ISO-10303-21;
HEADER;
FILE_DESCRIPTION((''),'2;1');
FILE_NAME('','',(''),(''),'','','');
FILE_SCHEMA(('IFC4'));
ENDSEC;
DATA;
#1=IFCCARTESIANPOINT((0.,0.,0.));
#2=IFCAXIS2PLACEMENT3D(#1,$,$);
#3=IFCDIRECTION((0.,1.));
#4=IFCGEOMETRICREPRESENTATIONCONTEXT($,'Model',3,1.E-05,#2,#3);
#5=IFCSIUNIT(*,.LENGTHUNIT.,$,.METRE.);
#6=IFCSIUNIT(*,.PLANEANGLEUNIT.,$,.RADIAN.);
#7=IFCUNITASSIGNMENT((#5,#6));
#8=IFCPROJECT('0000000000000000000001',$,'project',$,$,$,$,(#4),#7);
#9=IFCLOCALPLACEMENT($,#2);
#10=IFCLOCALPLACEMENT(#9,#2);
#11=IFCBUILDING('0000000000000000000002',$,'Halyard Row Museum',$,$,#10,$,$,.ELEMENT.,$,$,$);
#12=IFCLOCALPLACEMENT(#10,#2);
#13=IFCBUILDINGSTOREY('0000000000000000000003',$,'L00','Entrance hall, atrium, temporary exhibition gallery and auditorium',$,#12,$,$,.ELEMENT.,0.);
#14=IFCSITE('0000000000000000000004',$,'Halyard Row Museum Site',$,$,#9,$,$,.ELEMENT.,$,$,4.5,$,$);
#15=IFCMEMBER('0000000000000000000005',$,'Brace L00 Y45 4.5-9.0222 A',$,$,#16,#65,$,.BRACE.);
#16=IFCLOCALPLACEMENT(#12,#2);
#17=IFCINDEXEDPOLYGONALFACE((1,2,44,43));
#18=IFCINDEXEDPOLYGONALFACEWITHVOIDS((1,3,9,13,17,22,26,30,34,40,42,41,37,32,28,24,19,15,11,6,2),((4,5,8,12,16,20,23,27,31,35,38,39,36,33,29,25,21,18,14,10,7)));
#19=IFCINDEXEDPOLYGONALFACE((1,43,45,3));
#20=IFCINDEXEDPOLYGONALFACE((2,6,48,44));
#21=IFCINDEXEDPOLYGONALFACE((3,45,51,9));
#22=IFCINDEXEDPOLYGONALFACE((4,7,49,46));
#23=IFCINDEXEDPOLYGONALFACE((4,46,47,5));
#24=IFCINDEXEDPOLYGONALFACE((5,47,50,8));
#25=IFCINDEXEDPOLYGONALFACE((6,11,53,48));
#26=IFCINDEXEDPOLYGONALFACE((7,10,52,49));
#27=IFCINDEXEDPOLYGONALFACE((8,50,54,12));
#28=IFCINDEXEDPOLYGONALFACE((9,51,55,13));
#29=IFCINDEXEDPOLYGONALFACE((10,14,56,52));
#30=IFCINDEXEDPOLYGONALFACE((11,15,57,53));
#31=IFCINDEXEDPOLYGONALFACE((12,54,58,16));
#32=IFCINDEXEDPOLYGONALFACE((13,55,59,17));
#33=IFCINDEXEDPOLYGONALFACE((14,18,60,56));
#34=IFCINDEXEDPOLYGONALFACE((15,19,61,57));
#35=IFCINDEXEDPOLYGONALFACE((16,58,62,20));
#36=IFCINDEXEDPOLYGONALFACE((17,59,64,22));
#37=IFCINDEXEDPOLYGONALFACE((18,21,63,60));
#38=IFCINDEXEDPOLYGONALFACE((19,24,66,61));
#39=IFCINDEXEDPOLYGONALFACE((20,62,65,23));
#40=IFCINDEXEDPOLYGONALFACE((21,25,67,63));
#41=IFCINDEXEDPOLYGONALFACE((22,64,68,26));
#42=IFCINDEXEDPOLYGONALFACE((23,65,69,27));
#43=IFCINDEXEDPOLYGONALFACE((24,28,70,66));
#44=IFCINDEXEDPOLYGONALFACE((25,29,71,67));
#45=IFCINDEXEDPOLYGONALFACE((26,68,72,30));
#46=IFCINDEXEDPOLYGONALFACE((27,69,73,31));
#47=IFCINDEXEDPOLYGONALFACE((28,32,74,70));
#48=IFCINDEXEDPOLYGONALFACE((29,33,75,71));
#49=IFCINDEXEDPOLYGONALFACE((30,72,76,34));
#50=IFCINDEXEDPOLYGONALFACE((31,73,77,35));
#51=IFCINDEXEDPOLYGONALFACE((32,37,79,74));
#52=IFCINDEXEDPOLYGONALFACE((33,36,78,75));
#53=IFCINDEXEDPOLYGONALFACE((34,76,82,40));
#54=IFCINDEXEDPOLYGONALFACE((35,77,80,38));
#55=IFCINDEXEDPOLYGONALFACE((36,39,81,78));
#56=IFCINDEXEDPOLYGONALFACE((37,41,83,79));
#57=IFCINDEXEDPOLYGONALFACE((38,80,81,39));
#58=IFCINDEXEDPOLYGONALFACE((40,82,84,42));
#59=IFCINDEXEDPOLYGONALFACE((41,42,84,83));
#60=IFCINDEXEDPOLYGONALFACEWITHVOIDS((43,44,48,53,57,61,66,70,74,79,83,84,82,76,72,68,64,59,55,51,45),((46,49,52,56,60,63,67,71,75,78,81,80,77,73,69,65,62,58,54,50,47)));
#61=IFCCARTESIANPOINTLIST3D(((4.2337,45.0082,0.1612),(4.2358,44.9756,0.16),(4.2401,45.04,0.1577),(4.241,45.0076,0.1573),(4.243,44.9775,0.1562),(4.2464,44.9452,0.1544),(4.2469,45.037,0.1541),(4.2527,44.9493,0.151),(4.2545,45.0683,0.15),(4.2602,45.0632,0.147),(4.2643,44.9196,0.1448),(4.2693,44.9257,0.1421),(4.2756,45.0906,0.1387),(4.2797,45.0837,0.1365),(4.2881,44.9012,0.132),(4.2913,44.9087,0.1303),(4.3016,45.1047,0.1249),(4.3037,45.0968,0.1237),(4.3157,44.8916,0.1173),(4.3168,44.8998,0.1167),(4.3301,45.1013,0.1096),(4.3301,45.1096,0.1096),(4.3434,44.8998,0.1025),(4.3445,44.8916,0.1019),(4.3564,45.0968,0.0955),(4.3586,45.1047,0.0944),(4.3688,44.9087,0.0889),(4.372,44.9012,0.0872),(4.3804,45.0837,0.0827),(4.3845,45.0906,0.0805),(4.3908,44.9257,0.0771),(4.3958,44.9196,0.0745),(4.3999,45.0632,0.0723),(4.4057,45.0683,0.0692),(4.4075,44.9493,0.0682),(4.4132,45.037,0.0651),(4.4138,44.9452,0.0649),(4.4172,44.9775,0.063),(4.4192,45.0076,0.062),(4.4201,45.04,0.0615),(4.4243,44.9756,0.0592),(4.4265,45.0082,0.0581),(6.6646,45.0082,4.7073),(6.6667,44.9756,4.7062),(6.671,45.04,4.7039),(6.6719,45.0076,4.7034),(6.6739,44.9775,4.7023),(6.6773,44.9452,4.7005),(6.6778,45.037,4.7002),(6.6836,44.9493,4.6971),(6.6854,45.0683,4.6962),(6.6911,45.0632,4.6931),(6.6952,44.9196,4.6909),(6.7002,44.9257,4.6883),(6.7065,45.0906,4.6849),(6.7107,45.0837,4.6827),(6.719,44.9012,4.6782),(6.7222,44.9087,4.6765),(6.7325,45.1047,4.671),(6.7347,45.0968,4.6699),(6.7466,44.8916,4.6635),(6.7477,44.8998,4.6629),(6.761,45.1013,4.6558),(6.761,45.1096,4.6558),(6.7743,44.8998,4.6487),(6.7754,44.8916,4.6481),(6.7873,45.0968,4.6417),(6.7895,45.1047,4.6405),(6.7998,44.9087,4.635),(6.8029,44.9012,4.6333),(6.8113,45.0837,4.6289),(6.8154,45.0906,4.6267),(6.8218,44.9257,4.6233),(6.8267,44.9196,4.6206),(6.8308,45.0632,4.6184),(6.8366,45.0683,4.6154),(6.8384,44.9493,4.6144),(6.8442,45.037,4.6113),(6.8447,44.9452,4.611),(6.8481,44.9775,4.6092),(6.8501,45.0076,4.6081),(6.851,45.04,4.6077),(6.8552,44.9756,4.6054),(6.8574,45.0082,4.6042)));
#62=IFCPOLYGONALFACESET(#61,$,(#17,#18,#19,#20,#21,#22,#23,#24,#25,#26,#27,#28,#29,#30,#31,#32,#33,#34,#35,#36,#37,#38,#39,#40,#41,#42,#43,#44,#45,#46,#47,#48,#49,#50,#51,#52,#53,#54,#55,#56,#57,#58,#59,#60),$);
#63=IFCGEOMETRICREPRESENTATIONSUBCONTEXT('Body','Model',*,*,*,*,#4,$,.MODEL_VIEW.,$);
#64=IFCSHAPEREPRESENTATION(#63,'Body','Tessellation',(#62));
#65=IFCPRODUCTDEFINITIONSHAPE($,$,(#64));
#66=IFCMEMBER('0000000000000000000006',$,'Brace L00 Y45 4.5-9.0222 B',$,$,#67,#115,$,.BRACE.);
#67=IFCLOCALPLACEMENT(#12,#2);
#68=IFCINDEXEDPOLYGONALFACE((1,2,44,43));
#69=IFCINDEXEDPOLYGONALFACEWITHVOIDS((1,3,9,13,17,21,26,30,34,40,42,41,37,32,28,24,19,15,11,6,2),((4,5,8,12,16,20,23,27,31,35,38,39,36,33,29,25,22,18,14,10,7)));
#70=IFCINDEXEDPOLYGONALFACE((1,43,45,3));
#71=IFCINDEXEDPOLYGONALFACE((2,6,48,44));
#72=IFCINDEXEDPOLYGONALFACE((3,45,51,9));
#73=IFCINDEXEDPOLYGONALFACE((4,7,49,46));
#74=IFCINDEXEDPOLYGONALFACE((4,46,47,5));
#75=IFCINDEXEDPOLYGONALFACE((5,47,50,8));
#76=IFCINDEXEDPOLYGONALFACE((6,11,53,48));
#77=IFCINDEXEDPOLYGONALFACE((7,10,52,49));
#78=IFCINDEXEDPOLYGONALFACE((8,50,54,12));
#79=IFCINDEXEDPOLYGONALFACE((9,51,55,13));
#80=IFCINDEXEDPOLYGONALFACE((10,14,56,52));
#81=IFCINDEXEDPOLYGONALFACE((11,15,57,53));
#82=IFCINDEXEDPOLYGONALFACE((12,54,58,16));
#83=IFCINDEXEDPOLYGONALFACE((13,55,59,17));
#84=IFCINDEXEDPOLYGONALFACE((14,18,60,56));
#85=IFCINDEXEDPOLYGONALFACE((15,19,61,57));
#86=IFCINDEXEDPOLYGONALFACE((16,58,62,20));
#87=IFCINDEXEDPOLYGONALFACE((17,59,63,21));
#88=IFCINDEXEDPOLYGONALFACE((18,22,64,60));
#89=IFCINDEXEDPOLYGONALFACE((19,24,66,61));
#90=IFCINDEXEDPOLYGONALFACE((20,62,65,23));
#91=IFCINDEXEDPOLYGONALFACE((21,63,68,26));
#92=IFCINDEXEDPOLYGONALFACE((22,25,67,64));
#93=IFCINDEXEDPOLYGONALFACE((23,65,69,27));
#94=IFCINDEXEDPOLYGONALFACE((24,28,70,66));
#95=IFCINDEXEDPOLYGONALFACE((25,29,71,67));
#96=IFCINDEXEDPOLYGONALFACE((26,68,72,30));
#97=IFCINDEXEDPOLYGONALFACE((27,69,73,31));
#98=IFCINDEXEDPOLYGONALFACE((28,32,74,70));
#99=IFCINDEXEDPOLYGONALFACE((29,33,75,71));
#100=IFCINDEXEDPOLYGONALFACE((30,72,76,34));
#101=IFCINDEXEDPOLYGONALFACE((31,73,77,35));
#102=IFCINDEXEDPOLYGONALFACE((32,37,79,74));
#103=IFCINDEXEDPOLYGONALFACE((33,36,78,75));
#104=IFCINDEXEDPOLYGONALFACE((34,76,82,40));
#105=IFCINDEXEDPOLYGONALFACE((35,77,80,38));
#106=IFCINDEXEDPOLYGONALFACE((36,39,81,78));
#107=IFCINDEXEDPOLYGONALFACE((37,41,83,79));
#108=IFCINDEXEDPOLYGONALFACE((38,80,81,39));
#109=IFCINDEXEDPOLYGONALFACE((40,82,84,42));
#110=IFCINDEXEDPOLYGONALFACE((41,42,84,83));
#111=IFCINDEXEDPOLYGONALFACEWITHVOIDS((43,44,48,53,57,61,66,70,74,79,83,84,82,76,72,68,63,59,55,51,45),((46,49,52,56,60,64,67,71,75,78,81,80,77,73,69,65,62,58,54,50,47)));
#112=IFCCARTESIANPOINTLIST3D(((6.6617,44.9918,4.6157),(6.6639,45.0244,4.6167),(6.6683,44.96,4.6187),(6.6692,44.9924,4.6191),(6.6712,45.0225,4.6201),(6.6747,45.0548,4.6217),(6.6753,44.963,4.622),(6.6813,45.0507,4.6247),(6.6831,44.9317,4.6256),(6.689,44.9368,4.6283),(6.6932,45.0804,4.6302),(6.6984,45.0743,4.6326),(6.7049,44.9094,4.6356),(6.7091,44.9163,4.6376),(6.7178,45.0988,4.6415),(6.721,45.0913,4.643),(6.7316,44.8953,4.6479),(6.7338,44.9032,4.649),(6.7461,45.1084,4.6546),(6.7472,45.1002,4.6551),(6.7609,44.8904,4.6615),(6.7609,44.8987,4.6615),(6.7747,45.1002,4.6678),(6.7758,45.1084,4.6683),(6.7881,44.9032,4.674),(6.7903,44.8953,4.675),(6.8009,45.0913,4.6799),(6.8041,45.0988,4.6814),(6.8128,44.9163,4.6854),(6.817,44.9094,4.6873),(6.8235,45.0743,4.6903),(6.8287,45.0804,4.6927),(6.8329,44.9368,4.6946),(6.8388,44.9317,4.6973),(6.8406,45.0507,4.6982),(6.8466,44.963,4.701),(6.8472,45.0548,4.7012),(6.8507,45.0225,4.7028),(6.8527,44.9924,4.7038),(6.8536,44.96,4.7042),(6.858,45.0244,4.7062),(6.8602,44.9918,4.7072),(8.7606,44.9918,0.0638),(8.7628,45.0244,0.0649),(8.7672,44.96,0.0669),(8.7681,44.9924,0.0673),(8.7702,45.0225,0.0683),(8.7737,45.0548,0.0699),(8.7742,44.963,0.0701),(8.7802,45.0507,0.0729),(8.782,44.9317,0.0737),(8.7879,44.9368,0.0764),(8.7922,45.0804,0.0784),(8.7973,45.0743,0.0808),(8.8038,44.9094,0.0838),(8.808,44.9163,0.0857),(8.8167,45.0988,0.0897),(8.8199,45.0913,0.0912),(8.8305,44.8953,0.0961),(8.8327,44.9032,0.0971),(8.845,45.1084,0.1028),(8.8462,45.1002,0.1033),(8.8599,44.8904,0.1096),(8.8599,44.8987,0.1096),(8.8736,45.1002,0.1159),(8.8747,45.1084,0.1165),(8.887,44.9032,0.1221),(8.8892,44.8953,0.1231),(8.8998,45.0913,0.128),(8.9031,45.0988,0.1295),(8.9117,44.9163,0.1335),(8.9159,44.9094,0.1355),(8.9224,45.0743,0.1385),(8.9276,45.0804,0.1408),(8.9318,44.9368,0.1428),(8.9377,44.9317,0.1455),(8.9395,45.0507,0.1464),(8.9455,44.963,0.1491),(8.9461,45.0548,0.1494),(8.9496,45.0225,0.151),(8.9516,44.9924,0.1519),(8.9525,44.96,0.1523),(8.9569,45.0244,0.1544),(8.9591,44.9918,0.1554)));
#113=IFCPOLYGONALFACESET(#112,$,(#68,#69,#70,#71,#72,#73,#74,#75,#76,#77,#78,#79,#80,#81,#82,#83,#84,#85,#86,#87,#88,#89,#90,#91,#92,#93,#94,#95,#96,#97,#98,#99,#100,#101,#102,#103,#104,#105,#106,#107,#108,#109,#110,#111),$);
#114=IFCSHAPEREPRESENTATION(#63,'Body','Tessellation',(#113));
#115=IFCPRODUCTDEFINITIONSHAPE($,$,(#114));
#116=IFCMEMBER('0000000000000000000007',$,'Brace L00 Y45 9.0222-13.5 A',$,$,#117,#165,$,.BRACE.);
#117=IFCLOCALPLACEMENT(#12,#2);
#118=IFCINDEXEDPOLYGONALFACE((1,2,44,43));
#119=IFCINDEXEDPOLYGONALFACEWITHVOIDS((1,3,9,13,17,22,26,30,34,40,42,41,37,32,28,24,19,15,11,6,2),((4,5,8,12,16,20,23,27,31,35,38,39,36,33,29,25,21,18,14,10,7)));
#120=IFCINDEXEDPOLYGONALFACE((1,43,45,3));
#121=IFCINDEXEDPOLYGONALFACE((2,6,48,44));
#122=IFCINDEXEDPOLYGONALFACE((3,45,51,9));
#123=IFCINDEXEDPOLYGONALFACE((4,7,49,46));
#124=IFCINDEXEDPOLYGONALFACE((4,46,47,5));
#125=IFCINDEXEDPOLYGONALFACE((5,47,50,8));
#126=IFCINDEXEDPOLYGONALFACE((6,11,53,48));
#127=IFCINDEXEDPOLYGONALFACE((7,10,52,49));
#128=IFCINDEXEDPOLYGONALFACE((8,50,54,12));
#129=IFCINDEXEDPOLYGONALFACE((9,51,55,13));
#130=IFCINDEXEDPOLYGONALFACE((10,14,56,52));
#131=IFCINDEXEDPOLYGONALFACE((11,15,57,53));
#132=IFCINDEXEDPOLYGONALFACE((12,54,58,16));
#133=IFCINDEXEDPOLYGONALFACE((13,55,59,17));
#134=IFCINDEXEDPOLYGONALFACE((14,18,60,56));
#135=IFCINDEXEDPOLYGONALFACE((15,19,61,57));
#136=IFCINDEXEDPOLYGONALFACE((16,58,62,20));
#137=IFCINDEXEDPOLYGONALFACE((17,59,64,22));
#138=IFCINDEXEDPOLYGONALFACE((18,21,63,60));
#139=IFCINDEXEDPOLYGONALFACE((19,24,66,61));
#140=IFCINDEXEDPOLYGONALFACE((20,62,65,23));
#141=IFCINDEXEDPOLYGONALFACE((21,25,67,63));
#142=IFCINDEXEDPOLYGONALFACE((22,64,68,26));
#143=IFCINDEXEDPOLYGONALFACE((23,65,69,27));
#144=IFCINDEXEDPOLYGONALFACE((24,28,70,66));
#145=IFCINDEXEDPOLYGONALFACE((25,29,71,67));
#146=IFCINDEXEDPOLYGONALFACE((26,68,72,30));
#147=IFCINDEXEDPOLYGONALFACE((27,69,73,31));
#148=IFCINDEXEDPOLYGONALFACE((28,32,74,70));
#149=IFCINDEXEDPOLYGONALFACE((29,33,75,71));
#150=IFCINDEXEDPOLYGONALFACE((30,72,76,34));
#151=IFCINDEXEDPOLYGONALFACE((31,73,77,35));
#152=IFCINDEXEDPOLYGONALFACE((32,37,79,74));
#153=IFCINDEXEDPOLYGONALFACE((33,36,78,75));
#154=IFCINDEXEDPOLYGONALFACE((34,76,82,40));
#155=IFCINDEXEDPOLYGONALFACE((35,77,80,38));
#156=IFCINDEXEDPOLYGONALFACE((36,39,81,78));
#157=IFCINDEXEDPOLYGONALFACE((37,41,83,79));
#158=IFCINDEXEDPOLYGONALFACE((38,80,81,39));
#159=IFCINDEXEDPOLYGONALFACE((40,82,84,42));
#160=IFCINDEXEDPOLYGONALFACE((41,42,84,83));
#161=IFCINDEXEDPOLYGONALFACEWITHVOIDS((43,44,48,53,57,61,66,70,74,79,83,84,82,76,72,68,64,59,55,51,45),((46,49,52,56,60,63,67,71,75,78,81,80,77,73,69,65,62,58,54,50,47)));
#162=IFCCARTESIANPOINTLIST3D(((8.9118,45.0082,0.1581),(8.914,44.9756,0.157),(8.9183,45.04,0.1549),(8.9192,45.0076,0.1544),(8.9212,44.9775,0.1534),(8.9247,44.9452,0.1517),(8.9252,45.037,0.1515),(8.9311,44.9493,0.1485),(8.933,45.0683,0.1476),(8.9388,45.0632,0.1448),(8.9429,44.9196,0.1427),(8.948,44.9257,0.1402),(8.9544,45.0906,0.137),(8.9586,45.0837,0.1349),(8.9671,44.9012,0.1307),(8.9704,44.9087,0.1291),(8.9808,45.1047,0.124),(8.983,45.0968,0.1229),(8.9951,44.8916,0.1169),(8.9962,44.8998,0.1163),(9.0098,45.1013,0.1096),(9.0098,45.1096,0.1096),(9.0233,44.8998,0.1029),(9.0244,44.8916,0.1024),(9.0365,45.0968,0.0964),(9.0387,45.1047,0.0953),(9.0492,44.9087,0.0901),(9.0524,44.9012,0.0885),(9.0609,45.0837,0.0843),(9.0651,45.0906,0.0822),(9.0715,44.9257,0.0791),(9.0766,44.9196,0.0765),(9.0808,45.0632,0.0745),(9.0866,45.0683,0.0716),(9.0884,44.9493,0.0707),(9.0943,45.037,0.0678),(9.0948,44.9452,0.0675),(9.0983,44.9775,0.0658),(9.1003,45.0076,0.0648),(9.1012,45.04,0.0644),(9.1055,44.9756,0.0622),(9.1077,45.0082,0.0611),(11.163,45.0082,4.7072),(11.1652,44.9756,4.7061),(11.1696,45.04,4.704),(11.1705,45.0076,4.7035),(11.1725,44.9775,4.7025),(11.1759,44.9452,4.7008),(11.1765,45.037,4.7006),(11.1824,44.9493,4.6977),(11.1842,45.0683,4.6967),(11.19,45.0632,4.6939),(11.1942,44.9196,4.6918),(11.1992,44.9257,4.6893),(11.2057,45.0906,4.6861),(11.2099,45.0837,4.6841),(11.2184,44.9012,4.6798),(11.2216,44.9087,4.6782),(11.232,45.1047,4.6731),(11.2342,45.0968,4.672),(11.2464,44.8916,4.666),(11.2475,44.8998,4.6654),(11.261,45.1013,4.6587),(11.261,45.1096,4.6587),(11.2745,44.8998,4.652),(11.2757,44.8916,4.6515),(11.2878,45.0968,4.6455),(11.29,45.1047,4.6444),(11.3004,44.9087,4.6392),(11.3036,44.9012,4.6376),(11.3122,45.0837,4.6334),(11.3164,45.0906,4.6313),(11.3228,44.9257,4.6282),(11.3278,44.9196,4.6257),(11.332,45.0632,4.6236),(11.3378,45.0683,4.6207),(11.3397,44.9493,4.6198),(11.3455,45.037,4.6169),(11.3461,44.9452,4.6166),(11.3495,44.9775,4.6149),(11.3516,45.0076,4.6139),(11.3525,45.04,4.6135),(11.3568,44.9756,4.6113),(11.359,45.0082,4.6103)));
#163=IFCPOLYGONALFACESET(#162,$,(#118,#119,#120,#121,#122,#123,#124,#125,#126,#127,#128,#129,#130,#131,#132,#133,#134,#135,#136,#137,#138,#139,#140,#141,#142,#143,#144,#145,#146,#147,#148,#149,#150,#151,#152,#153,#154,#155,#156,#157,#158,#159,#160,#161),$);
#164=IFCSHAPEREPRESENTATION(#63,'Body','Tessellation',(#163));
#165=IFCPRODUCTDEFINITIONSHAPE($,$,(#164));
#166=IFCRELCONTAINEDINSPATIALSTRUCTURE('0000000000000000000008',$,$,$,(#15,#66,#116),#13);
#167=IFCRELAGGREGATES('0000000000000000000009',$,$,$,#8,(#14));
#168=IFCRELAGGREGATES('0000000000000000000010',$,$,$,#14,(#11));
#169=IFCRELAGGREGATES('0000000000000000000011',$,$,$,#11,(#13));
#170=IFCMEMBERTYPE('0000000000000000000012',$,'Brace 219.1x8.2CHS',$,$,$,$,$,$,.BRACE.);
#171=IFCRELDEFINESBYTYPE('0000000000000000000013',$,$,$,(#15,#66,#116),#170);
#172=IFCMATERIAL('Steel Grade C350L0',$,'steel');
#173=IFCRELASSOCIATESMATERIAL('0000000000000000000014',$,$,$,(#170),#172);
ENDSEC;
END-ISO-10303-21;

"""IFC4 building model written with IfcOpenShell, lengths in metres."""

from ifc_helpers import new_model, si_unit, direction, frame, origin, origin_2d, place, context, subcontext, project, spatial, hollow_circle, extrude, material, material_profile, profile_set, type_object, element, save


model = new_model("IFC4")

# Units and contexts
model_context = context("Model", 3, precision=1e-05, world=origin(), true_north=direction((0.0, 1.0)))
body_context = subcontext(model_context, "Body", "Model", "MODEL_VIEW")
ifc_project = project(units=[si_unit("LENGTHUNIT", "METRE"), si_unit("PLANEANGLEUNIT", "RADIAN")], contexts=[model_context])

# Site, building, storey
site_placement = place(None, origin())
site = spatial("IfcSite", under=ifc_project, at=site_placement, Name="Halyard Row Museum Site", CompositionType="ELEMENT", RefElevation=4.5)
building_placement = place(site_placement, origin())
building = spatial("IfcBuilding", under=site, at=building_placement, Name="Halyard Row Museum", CompositionType="ELEMENT")
storey_placement = place(building_placement, origin())
storey = spatial("IfcBuildingStorey", under=building, at=storey_placement, Name="L00", Description="Entrance hall, atrium, temporary exhibition gallery and auditorium", CompositionType="ELEMENT", Elevation=0.0)

# Members
ifc_material_1 = material(Name="Steel Grade C350L0", Category="steel")
ifc_material_profile_1 = material_profile(ifc_material_1, hollow_circle(Radius=0.1096, WallThickness=0.0083, at=origin_2d()), Name="219.1x8.2CHS")
ifc_profile_set_1 = profile_set([ifc_material_profile_1], Name="Steel Grade C350L0")
member_type = type_object("IfcMemberType", Name="Brace 219.1x8.2CHS", PredefinedType="BRACE", material=ifc_profile_set_1)
member_1_placement = place(storey_placement, frame((4.3301, 45.0, 0.1096), z_axis=(0.471539, 0.0, 0.881845), x_axis=(0.0, 1.0, 0.0)))
element("IfcMember", 1, at=member_1_placement, inside=storey, type_object=member_type, Name="Brace L00 Y45 4.5-9.0222 A", PredefinedType="BRACE", context=body_context, shape_type="SweptSolid", body=[
    extrude(hollow_circle(Radius=0.1096, WallThickness=0.0083, at=origin_2d()), origin(), (0.0, 0.0, 1.0), 5.1553),
])
member_2_placement = place(storey_placement, frame((8.8599, 45.0, 0.1096), z_axis=(-0.41874, 0.0, 0.908106), x_axis=(0.0, -1.0, 0.0)))
element("IfcMember", 2, at=member_2_placement, inside=storey, type_object=member_type, Name="Brace L00 Y45 4.5-9.0222 B", PredefinedType="BRACE", context=body_context, shape_type="SweptSolid", body=[
    extrude(hollow_circle(Radius=0.1096, WallThickness=0.0083, at=origin_2d()), origin(), (0.0, 0.0, 1.0), 5.0125),
])
member_3_placement = place(storey_placement, frame((9.0098, 45.0, 0.1096), z_axis=(0.443535, 0.0, 0.896257), x_axis=(0.0, 1.0, 0.0)))
element("IfcMember", 3, at=member_3_placement, inside=storey, type_object=member_type, Name="Brace L00 Y45 9.0222-13.5 A", PredefinedType="BRACE", context=body_context, shape_type="SweptSolid", body=[
    extrude(hollow_circle(Radius=0.1096, WallThickness=0.0083, at=origin_2d()), origin(), (0.0, 0.0, 1.0), 5.0757),
])

save(model, "model.ifc")
